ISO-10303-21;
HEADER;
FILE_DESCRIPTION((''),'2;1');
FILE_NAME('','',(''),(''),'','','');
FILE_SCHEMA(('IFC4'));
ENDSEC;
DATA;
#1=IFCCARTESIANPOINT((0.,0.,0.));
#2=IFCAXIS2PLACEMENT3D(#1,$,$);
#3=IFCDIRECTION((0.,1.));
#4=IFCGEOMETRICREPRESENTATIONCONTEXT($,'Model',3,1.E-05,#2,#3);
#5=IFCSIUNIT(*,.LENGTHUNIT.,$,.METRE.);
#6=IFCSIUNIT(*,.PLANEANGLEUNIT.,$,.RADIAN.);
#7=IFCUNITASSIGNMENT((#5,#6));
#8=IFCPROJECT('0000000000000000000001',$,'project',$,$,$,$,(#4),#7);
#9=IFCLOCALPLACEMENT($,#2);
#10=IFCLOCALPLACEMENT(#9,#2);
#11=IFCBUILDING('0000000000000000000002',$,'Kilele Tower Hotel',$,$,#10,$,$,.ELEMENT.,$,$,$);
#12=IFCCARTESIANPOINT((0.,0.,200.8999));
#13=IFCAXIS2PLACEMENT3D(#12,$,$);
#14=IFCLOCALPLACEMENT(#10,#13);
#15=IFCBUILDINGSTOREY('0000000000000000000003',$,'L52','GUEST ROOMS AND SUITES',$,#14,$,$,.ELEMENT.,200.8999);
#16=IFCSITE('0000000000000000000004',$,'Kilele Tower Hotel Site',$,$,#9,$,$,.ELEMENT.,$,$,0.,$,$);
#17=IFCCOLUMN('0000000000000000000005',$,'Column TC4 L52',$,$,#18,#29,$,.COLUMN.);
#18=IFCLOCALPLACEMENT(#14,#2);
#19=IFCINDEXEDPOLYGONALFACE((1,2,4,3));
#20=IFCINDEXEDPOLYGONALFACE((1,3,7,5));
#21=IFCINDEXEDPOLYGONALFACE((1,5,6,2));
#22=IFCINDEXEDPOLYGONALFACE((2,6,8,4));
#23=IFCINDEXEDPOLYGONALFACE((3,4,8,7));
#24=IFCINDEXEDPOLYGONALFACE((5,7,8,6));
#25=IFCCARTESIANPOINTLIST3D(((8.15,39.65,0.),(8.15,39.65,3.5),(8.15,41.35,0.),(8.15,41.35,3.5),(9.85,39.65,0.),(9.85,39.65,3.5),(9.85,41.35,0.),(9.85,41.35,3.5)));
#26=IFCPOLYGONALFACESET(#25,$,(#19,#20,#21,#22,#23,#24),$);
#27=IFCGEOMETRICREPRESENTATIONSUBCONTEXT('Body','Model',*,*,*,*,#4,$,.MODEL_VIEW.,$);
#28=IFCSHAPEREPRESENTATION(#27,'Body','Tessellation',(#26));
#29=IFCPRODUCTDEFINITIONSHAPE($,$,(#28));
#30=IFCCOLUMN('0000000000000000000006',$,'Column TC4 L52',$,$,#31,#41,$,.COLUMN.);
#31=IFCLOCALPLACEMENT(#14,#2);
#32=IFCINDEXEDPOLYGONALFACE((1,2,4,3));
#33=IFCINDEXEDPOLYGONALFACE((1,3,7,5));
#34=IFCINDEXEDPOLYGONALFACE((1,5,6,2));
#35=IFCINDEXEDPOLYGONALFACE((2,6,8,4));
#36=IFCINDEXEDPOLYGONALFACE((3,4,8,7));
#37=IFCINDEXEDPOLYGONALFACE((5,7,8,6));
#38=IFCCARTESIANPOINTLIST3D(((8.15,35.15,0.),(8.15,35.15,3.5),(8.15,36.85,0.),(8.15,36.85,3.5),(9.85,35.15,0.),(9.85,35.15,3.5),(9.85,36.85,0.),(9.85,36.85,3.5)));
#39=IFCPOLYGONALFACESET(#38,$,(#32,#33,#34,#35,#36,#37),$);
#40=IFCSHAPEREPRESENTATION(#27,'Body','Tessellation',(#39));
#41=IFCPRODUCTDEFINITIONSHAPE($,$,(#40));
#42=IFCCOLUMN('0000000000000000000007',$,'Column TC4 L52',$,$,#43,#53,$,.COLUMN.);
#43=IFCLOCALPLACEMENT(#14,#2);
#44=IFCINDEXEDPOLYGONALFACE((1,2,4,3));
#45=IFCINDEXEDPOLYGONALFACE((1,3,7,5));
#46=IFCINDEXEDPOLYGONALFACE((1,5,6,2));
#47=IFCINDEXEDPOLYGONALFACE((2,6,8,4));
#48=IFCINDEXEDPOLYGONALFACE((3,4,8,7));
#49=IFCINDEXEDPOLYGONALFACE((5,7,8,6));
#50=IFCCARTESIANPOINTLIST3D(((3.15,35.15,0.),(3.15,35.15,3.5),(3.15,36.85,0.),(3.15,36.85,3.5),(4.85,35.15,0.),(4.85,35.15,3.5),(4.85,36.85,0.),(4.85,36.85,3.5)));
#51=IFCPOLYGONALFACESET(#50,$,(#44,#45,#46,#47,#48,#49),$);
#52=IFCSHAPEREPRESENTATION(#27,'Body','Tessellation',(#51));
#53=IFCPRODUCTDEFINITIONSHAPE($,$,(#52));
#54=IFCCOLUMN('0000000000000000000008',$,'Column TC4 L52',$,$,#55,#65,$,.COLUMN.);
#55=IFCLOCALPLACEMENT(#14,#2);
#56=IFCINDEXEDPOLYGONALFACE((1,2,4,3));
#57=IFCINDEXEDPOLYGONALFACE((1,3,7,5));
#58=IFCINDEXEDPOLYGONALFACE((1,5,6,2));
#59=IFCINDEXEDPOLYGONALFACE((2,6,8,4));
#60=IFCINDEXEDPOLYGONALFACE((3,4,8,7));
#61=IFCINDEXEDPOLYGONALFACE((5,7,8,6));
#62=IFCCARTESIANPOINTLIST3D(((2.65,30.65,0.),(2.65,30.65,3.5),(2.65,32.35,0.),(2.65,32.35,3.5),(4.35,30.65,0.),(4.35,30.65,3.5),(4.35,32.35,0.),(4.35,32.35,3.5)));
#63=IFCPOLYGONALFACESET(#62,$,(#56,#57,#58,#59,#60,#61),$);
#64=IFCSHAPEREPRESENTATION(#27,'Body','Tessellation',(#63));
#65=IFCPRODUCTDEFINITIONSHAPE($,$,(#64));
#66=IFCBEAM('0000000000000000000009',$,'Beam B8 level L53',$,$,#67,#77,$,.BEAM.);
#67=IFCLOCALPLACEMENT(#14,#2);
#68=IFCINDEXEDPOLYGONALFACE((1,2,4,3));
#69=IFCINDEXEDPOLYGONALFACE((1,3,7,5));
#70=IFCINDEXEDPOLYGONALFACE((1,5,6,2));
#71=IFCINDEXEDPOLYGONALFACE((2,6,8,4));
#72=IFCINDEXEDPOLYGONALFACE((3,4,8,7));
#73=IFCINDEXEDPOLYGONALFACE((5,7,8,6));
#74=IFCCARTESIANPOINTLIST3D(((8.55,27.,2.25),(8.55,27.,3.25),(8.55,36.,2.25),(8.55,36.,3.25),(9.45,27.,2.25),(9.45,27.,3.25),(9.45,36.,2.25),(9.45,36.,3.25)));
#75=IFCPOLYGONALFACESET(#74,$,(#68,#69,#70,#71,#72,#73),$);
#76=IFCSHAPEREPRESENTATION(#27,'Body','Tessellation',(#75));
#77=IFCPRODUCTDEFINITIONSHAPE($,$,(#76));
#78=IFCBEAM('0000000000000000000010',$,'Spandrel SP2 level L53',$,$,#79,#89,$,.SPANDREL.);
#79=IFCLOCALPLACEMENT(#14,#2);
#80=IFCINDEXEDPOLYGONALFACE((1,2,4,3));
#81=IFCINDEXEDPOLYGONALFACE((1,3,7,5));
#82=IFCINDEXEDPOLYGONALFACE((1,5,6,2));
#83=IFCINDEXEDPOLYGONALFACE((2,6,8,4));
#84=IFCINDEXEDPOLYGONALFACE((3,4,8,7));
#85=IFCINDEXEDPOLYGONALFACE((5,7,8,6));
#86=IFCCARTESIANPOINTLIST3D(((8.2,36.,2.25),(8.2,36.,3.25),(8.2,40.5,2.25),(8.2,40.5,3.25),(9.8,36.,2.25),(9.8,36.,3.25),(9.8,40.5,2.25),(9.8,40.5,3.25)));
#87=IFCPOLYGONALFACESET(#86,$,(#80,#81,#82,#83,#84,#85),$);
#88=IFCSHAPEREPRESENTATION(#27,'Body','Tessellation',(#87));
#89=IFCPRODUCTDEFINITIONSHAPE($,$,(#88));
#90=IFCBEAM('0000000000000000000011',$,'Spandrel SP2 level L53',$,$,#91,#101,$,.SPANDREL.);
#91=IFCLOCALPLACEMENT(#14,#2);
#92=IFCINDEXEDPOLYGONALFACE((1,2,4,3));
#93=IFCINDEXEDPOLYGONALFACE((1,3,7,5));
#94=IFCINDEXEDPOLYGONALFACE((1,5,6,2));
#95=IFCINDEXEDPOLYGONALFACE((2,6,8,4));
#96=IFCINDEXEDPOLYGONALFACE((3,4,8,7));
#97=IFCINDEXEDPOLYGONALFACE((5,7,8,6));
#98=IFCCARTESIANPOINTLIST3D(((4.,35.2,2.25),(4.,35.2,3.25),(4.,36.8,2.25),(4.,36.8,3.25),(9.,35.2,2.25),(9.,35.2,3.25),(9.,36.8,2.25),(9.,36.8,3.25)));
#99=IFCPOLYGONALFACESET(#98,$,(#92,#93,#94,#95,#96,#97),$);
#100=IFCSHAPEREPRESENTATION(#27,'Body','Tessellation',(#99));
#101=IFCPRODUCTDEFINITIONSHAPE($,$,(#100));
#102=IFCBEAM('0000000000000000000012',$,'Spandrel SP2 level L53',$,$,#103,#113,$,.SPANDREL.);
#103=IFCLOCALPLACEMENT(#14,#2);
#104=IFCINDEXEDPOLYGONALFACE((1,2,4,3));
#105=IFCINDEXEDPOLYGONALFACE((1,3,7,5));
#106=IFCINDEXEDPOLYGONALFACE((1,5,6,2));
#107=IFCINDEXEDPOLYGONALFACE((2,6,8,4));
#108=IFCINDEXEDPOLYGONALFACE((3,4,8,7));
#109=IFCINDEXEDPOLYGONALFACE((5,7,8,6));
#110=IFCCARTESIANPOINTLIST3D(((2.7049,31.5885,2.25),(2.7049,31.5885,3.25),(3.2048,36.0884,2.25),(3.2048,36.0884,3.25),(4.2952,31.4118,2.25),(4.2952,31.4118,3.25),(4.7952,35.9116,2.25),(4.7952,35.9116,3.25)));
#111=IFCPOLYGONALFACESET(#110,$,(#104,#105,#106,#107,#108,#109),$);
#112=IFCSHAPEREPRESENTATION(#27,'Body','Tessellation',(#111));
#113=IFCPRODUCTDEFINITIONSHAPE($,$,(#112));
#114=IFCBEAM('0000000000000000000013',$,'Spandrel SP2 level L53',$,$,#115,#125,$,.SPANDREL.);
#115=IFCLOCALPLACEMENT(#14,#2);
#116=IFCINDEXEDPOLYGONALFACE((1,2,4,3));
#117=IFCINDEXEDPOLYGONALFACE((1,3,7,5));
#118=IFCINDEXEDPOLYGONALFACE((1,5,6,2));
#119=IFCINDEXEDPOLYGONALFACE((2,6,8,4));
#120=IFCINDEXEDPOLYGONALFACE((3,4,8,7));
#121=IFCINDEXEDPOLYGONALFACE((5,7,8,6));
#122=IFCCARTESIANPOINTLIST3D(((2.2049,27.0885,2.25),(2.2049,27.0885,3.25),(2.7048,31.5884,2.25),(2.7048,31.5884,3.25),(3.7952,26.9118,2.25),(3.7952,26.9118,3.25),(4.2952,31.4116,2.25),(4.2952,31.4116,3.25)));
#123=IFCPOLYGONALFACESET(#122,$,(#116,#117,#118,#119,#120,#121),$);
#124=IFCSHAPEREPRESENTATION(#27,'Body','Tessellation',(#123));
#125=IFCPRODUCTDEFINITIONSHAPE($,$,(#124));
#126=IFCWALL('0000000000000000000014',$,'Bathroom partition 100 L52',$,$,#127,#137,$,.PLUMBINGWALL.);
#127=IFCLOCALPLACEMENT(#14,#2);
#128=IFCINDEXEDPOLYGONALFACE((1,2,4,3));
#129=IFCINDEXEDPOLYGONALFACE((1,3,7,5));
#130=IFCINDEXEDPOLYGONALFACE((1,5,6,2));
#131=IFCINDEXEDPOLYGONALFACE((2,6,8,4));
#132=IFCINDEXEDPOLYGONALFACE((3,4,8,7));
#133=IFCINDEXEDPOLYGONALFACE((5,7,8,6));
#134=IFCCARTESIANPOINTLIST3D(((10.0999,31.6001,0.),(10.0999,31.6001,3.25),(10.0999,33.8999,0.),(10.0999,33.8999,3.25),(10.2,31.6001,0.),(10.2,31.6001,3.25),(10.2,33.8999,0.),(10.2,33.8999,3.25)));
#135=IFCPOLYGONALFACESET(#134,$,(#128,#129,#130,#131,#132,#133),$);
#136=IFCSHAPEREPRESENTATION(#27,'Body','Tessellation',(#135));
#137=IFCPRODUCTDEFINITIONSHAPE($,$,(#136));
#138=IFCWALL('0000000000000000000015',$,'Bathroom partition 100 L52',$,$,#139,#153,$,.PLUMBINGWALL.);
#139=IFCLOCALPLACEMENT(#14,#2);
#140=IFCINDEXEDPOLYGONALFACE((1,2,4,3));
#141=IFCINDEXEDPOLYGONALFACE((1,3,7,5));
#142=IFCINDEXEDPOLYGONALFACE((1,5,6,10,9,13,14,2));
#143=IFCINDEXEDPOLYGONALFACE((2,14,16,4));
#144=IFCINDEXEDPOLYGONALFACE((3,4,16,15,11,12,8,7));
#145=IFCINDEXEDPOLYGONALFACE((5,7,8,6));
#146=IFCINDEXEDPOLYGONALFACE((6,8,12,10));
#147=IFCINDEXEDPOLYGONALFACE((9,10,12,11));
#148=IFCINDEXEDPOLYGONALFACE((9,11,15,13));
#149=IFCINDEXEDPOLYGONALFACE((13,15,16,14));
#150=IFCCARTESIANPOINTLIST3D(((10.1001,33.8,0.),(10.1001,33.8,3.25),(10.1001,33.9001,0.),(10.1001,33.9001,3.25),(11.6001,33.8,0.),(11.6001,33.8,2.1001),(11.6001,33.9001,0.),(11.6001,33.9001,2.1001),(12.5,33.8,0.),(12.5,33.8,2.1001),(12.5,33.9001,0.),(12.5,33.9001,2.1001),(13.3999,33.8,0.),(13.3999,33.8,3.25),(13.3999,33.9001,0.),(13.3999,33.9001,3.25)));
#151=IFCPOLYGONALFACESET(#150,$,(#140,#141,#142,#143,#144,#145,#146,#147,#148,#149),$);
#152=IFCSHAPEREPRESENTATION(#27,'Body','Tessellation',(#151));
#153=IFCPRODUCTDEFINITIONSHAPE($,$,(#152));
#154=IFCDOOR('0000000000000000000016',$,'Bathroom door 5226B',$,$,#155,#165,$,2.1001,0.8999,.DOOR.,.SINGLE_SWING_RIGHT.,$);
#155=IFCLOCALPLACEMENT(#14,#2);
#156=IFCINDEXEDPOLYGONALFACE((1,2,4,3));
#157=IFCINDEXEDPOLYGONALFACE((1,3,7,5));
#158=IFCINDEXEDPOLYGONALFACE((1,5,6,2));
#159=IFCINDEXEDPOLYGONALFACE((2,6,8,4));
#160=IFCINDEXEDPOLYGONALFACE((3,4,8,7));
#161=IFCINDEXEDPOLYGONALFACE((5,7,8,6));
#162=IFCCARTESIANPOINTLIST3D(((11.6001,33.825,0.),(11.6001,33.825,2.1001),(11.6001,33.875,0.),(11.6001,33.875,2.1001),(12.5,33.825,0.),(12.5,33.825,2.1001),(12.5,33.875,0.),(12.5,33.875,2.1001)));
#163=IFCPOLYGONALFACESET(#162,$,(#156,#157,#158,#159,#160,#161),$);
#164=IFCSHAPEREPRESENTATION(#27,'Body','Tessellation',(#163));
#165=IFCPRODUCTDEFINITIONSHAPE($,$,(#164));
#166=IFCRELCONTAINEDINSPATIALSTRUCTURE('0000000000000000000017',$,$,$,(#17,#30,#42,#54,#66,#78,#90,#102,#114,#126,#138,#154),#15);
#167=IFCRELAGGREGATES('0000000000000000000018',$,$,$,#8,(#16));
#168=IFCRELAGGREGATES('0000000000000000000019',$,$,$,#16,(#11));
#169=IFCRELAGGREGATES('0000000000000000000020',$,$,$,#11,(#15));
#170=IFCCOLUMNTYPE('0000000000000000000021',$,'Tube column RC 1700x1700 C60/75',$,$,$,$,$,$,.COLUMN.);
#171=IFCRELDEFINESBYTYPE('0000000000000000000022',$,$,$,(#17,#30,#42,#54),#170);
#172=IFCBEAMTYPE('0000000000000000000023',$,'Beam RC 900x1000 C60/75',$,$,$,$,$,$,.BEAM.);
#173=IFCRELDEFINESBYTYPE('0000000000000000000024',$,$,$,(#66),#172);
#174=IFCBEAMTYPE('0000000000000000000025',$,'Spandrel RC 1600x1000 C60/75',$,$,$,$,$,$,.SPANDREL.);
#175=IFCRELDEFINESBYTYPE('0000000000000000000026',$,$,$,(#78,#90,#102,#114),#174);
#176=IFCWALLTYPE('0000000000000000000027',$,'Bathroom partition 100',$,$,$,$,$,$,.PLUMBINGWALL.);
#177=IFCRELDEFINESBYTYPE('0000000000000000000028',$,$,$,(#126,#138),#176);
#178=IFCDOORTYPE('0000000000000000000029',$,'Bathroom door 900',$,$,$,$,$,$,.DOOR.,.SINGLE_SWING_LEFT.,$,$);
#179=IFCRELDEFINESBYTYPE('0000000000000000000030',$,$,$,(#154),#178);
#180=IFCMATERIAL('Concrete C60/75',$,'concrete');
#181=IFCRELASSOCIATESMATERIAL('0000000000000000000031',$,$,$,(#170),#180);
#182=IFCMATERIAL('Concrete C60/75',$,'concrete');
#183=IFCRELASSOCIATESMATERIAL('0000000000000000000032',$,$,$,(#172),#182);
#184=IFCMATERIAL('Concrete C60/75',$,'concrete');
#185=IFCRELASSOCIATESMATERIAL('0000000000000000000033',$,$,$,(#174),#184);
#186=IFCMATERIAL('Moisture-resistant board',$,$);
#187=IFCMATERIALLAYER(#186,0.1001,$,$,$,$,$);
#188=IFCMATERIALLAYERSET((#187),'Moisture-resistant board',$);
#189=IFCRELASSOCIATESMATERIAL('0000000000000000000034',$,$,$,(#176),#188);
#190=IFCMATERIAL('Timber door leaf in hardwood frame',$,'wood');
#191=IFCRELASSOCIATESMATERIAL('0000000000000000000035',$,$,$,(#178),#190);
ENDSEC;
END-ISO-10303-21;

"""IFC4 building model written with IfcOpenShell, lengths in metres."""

from ifc_helpers import new_model, si_unit, direction, frame, frame_2d, origin, origin_2d, place, context, subcontext, project, spatial, rectangle, extrude, material, layer, layer_set, material_profile, profile_set, type_object, element, fill, save


model = new_model("IFC4")

# Units and contexts
model_context = context("Model", 3, precision=1e-05, world=origin(), true_north=direction((0.0, 1.0)))
body_context = subcontext(model_context, "Body", "Model", "MODEL_VIEW")
ifc_project = project(units=[si_unit("LENGTHUNIT", "METRE"), si_unit("PLANEANGLEUNIT", "RADIAN")], contexts=[model_context])

# Site, building, storey
site_placement = place(None, origin())
site = spatial("IfcSite", under=ifc_project, at=site_placement, Name="Kilele Tower Hotel Site", CompositionType="ELEMENT", RefElevation=0.0)
building_placement = place(site_placement, origin())
building = spatial("IfcBuilding", under=site, at=building_placement, Name="Kilele Tower Hotel", CompositionType="ELEMENT")
storey_placement = place(building_placement, frame((0.0, 0.0, 200.8999)))
storey = spatial("IfcBuildingStorey", under=building, at=storey_placement, Name="L52", Description="GUEST ROOMS AND SUITES", CompositionType="ELEMENT", Elevation=200.8999)

# Columns
ifc_material_1 = material(Name="Concrete C60/75", Category="concrete")
ifc_material_profile_1 = material_profile(ifc_material_1, rectangle(XDim=1.7, YDim=1.7, at=origin_2d()))
ifc_profile_set_1 = profile_set([ifc_material_profile_1], Name="Concrete C60/75")
column_type = type_object("IfcColumnType", Name="Tube column RC 1700x1700 C60/75", PredefinedType="COLUMN", material=ifc_profile_set_1)
for number, where, z_axis, x_axis, name in (
    (1, (9.0, 40.5, 0.0), (0.0, 0.0, 1.0), (1.0, 0.0, 0.0), "Column TC4 L52"),
    (2, (9.0, 36.0, 0.0), (0.0, 0.0, 1.0), (1.0, 0.0, 0.0), "Column TC4 L52"),
    (3, (4.0, 36.0, 0.0), (0.0, 0.0, 1.0), (1.0, 0.0, 0.0), "Column TC4 L52"),
    (4, (3.5, 31.5, 0.0), (0.0, 0.0, 1.0), (1.0, 0.0, 0.0), "Column TC4 L52"),
):
    element("IfcColumn", number, at=place(storey_placement, frame(where, z_axis=z_axis, x_axis=x_axis)), inside=storey, type_object=column_type, Name=name, PredefinedType="COLUMN", context=body_context, shape_type="SweptSolid", body=[
        extrude(rectangle(XDim=1.7, YDim=1.7, at=origin_2d()), origin(), (0.0, 0.0, 1.0), 3.5),
    ])

# Beams
ifc_material_2 = material(Name="Concrete C60/75", Category="concrete")
ifc_material_profile_2 = material_profile(ifc_material_2, rectangle(XDim=0.8999, YDim=1.0, at=origin_2d()))
ifc_profile_set_2 = profile_set([ifc_material_profile_2], Name="Concrete C60/75")
beam_type_1 = type_object("IfcBeamType", Name="Beam RC 900x1000 C60/75", PredefinedType="BEAM", material=ifc_profile_set_2)
beam_1_placement = place(storey_placement, frame((9.0, 36.0, 2.75), z_axis=(0.0, -1.0, 0.0), x_axis=(1.0, 0.0, 0.0)))
element("IfcBeam", 5, at=beam_1_placement, inside=storey, type_object=beam_type_1, Name="Beam B8 level L53", PredefinedType="BEAM", context=body_context, shape_type="SweptSolid", body=[
    extrude(rectangle(XDim=0.8999, YDim=1.0, at=origin_2d()), origin(), (0.0, 0.0, 1.0), 9.0),
])
ifc_material_3 = material(Name="Concrete C60/75", Category="concrete")
ifc_material_profile_3 = material_profile(ifc_material_3, rectangle(XDim=1.6001, YDim=1.0, at=origin_2d()))
ifc_profile_set_3 = profile_set([ifc_material_profile_3], Name="Concrete C60/75")
beam_type_2 = type_object("IfcBeamType", Name="Spandrel RC 1600x1000 C60/75", PredefinedType="SPANDREL", material=ifc_profile_set_3)
beam_2_placement = place(storey_placement, frame((9.0, 40.5, 2.75), z_axis=(0.0, -1.0, 0.0), x_axis=(1.0, 0.0, 0.0)))
element("IfcBeam", 6, at=beam_2_placement, inside=storey, type_object=beam_type_2, Name="Spandrel SP2 level L53", PredefinedType="SPANDREL", context=body_context, shape_type="SweptSolid", body=[
    extrude(rectangle(XDim=1.6001, YDim=1.0, at=origin_2d()), origin(), (0.0, 0.0, 1.0), 4.5),
])
beam_3_placement = place(storey_placement, frame((9.0, 36.0, 2.75), z_axis=(-1.0, 0.0, 0.0), x_axis=(0.0, -1.0, 0.0)))
element("IfcBeam", 7, at=beam_3_placement, inside=storey, type_object=beam_type_2, Name="Spandrel SP2 level L53", PredefinedType="SPANDREL", context=body_context, shape_type="SweptSolid", body=[
    extrude(rectangle(XDim=1.6001, YDim=1.0, at=origin_2d()), origin(), (0.0, 0.0, 1.0), 5.0),
])
for number, where, z_axis, x_axis, name in (
    (8, (4.0, 36.0, 2.75), (-0.110432, -0.993884, 0.0), (0.993884, -0.110432, 0.0), "Spandrel SP2 level L53"),
    (9, (3.5, 31.5, 2.75), (-0.110432, -0.993884, 0.0), (0.993884, -0.110432, 0.0), "Spandrel SP2 level L53"),
):
    element("IfcBeam", number, at=place(storey_placement, frame(where, z_axis=z_axis, x_axis=x_axis)), inside=storey, type_object=beam_type_2, Name=name, PredefinedType="SPANDREL", context=body_context, shape_type="SweptSolid", body=[
        extrude(rectangle(XDim=1.6001, YDim=1.0, at=origin_2d()), origin(), (0.0, 0.0, 1.0), 4.5276),
    ])

# Wall
ifc_material_4 = material(Name="Moisture-resistant board")
ifc_layer_1 = layer(ifc_material_4, 0.1001)
ifc_layer_set_1 = layer_set([ifc_layer_1], Name="Moisture-resistant board")
wall_type_1 = type_object("IfcWallType", Name="Bathroom partition 100", PredefinedType="PLUMBINGWALL", material=ifc_layer_set_1)
wall_1_placement = place(storey_placement, frame((10.1499, 31.6001, 0.0), z_axis=(0.0, 0.0, 1.0), x_axis=(0.0, 1.0, 0.0)))
element("IfcWall", 10, at=wall_1_placement, inside=storey, type_object=wall_type_1, Name="Bathroom partition 100 L52", PredefinedType="PLUMBINGWALL", context=body_context, shape_type="SweptSolid", body=[
    extrude(rectangle(XDim=2.2998, YDim=0.1001, at=frame_2d((1.1499, 0.0))), origin(), (0.0, 0.0, 1.0), 3.25),
])

# Wall, opening, door
wall_2_placement = place(storey_placement, frame((13.3999, 33.8501, 0.0), z_axis=(0.0, 0.0, 1.0), x_axis=(-1.0, 0.0, 0.0)))
wall_2 = element("IfcWall", 11, at=wall_2_placement, inside=storey, type_object=wall_type_1, Name="Bathroom partition 100 L52", PredefinedType="PLUMBINGWALL", context=body_context, shape_type="SweptSolid", body=[
    extrude(rectangle(XDim=3.2998, YDim=0.1001, at=frame_2d((1.6499, 0.0))), origin(), (0.0, 0.0, 1.0), 3.25),
])
opening_1_placement = place(wall_2_placement, frame((1.7998, 0.0, 0.0), z_axis=(0.0, 0.0, 1.0), x_axis=(-1.0, 0.0, 0.0)))
opening_1 = element("IfcOpeningElement", 12, at=opening_1_placement, cuts=wall_2, PredefinedType="OPENING", context=body_context, shape_type="SweptSolid", body=[
    extrude(rectangle(XDim=0.8999, YDim=2.1001, at=frame_2d((0.45, 1.05))), frame((0.0, 0.0601, 0.0), z_axis=(0.0, -1.0, 0.0), x_axis=(1.0, 0.0, 0.0)), (0.0, 0.0, 1.0), 0.1201),
])
ifc_material_5 = material(Name="Timber door leaf in hardwood frame", Category="wood")
door_type_1 = type_object("IfcDoorType", Name="Bathroom door 900", OperationType="SINGLE_SWING_LEFT", PredefinedType="DOOR", material=ifc_material_5)
door_1_placement = place(opening_1_placement, origin())
door_1 = element("IfcDoor", 13, at=door_1_placement, inside=storey, type_object=door_type_1, Name="Bathroom door 5226B", OperationType="SINGLE_SWING_RIGHT", OverallHeight=2.1001, OverallWidth=0.8999, PredefinedType="DOOR", context=body_context, shape_type="SweptSolid", body=[
    extrude(rectangle(XDim=0.8999, YDim=2.1001, at=frame_2d((0.45, 1.05))), frame((0.0, 0.0249, 0.0), z_axis=(0.0, -1.0, 0.0), x_axis=(1.0, 0.0, 0.0)), (0.0, 0.0, 1.0), 0.05),
])
fill(opening_1, door_1)

save(model, "model.ifc")
